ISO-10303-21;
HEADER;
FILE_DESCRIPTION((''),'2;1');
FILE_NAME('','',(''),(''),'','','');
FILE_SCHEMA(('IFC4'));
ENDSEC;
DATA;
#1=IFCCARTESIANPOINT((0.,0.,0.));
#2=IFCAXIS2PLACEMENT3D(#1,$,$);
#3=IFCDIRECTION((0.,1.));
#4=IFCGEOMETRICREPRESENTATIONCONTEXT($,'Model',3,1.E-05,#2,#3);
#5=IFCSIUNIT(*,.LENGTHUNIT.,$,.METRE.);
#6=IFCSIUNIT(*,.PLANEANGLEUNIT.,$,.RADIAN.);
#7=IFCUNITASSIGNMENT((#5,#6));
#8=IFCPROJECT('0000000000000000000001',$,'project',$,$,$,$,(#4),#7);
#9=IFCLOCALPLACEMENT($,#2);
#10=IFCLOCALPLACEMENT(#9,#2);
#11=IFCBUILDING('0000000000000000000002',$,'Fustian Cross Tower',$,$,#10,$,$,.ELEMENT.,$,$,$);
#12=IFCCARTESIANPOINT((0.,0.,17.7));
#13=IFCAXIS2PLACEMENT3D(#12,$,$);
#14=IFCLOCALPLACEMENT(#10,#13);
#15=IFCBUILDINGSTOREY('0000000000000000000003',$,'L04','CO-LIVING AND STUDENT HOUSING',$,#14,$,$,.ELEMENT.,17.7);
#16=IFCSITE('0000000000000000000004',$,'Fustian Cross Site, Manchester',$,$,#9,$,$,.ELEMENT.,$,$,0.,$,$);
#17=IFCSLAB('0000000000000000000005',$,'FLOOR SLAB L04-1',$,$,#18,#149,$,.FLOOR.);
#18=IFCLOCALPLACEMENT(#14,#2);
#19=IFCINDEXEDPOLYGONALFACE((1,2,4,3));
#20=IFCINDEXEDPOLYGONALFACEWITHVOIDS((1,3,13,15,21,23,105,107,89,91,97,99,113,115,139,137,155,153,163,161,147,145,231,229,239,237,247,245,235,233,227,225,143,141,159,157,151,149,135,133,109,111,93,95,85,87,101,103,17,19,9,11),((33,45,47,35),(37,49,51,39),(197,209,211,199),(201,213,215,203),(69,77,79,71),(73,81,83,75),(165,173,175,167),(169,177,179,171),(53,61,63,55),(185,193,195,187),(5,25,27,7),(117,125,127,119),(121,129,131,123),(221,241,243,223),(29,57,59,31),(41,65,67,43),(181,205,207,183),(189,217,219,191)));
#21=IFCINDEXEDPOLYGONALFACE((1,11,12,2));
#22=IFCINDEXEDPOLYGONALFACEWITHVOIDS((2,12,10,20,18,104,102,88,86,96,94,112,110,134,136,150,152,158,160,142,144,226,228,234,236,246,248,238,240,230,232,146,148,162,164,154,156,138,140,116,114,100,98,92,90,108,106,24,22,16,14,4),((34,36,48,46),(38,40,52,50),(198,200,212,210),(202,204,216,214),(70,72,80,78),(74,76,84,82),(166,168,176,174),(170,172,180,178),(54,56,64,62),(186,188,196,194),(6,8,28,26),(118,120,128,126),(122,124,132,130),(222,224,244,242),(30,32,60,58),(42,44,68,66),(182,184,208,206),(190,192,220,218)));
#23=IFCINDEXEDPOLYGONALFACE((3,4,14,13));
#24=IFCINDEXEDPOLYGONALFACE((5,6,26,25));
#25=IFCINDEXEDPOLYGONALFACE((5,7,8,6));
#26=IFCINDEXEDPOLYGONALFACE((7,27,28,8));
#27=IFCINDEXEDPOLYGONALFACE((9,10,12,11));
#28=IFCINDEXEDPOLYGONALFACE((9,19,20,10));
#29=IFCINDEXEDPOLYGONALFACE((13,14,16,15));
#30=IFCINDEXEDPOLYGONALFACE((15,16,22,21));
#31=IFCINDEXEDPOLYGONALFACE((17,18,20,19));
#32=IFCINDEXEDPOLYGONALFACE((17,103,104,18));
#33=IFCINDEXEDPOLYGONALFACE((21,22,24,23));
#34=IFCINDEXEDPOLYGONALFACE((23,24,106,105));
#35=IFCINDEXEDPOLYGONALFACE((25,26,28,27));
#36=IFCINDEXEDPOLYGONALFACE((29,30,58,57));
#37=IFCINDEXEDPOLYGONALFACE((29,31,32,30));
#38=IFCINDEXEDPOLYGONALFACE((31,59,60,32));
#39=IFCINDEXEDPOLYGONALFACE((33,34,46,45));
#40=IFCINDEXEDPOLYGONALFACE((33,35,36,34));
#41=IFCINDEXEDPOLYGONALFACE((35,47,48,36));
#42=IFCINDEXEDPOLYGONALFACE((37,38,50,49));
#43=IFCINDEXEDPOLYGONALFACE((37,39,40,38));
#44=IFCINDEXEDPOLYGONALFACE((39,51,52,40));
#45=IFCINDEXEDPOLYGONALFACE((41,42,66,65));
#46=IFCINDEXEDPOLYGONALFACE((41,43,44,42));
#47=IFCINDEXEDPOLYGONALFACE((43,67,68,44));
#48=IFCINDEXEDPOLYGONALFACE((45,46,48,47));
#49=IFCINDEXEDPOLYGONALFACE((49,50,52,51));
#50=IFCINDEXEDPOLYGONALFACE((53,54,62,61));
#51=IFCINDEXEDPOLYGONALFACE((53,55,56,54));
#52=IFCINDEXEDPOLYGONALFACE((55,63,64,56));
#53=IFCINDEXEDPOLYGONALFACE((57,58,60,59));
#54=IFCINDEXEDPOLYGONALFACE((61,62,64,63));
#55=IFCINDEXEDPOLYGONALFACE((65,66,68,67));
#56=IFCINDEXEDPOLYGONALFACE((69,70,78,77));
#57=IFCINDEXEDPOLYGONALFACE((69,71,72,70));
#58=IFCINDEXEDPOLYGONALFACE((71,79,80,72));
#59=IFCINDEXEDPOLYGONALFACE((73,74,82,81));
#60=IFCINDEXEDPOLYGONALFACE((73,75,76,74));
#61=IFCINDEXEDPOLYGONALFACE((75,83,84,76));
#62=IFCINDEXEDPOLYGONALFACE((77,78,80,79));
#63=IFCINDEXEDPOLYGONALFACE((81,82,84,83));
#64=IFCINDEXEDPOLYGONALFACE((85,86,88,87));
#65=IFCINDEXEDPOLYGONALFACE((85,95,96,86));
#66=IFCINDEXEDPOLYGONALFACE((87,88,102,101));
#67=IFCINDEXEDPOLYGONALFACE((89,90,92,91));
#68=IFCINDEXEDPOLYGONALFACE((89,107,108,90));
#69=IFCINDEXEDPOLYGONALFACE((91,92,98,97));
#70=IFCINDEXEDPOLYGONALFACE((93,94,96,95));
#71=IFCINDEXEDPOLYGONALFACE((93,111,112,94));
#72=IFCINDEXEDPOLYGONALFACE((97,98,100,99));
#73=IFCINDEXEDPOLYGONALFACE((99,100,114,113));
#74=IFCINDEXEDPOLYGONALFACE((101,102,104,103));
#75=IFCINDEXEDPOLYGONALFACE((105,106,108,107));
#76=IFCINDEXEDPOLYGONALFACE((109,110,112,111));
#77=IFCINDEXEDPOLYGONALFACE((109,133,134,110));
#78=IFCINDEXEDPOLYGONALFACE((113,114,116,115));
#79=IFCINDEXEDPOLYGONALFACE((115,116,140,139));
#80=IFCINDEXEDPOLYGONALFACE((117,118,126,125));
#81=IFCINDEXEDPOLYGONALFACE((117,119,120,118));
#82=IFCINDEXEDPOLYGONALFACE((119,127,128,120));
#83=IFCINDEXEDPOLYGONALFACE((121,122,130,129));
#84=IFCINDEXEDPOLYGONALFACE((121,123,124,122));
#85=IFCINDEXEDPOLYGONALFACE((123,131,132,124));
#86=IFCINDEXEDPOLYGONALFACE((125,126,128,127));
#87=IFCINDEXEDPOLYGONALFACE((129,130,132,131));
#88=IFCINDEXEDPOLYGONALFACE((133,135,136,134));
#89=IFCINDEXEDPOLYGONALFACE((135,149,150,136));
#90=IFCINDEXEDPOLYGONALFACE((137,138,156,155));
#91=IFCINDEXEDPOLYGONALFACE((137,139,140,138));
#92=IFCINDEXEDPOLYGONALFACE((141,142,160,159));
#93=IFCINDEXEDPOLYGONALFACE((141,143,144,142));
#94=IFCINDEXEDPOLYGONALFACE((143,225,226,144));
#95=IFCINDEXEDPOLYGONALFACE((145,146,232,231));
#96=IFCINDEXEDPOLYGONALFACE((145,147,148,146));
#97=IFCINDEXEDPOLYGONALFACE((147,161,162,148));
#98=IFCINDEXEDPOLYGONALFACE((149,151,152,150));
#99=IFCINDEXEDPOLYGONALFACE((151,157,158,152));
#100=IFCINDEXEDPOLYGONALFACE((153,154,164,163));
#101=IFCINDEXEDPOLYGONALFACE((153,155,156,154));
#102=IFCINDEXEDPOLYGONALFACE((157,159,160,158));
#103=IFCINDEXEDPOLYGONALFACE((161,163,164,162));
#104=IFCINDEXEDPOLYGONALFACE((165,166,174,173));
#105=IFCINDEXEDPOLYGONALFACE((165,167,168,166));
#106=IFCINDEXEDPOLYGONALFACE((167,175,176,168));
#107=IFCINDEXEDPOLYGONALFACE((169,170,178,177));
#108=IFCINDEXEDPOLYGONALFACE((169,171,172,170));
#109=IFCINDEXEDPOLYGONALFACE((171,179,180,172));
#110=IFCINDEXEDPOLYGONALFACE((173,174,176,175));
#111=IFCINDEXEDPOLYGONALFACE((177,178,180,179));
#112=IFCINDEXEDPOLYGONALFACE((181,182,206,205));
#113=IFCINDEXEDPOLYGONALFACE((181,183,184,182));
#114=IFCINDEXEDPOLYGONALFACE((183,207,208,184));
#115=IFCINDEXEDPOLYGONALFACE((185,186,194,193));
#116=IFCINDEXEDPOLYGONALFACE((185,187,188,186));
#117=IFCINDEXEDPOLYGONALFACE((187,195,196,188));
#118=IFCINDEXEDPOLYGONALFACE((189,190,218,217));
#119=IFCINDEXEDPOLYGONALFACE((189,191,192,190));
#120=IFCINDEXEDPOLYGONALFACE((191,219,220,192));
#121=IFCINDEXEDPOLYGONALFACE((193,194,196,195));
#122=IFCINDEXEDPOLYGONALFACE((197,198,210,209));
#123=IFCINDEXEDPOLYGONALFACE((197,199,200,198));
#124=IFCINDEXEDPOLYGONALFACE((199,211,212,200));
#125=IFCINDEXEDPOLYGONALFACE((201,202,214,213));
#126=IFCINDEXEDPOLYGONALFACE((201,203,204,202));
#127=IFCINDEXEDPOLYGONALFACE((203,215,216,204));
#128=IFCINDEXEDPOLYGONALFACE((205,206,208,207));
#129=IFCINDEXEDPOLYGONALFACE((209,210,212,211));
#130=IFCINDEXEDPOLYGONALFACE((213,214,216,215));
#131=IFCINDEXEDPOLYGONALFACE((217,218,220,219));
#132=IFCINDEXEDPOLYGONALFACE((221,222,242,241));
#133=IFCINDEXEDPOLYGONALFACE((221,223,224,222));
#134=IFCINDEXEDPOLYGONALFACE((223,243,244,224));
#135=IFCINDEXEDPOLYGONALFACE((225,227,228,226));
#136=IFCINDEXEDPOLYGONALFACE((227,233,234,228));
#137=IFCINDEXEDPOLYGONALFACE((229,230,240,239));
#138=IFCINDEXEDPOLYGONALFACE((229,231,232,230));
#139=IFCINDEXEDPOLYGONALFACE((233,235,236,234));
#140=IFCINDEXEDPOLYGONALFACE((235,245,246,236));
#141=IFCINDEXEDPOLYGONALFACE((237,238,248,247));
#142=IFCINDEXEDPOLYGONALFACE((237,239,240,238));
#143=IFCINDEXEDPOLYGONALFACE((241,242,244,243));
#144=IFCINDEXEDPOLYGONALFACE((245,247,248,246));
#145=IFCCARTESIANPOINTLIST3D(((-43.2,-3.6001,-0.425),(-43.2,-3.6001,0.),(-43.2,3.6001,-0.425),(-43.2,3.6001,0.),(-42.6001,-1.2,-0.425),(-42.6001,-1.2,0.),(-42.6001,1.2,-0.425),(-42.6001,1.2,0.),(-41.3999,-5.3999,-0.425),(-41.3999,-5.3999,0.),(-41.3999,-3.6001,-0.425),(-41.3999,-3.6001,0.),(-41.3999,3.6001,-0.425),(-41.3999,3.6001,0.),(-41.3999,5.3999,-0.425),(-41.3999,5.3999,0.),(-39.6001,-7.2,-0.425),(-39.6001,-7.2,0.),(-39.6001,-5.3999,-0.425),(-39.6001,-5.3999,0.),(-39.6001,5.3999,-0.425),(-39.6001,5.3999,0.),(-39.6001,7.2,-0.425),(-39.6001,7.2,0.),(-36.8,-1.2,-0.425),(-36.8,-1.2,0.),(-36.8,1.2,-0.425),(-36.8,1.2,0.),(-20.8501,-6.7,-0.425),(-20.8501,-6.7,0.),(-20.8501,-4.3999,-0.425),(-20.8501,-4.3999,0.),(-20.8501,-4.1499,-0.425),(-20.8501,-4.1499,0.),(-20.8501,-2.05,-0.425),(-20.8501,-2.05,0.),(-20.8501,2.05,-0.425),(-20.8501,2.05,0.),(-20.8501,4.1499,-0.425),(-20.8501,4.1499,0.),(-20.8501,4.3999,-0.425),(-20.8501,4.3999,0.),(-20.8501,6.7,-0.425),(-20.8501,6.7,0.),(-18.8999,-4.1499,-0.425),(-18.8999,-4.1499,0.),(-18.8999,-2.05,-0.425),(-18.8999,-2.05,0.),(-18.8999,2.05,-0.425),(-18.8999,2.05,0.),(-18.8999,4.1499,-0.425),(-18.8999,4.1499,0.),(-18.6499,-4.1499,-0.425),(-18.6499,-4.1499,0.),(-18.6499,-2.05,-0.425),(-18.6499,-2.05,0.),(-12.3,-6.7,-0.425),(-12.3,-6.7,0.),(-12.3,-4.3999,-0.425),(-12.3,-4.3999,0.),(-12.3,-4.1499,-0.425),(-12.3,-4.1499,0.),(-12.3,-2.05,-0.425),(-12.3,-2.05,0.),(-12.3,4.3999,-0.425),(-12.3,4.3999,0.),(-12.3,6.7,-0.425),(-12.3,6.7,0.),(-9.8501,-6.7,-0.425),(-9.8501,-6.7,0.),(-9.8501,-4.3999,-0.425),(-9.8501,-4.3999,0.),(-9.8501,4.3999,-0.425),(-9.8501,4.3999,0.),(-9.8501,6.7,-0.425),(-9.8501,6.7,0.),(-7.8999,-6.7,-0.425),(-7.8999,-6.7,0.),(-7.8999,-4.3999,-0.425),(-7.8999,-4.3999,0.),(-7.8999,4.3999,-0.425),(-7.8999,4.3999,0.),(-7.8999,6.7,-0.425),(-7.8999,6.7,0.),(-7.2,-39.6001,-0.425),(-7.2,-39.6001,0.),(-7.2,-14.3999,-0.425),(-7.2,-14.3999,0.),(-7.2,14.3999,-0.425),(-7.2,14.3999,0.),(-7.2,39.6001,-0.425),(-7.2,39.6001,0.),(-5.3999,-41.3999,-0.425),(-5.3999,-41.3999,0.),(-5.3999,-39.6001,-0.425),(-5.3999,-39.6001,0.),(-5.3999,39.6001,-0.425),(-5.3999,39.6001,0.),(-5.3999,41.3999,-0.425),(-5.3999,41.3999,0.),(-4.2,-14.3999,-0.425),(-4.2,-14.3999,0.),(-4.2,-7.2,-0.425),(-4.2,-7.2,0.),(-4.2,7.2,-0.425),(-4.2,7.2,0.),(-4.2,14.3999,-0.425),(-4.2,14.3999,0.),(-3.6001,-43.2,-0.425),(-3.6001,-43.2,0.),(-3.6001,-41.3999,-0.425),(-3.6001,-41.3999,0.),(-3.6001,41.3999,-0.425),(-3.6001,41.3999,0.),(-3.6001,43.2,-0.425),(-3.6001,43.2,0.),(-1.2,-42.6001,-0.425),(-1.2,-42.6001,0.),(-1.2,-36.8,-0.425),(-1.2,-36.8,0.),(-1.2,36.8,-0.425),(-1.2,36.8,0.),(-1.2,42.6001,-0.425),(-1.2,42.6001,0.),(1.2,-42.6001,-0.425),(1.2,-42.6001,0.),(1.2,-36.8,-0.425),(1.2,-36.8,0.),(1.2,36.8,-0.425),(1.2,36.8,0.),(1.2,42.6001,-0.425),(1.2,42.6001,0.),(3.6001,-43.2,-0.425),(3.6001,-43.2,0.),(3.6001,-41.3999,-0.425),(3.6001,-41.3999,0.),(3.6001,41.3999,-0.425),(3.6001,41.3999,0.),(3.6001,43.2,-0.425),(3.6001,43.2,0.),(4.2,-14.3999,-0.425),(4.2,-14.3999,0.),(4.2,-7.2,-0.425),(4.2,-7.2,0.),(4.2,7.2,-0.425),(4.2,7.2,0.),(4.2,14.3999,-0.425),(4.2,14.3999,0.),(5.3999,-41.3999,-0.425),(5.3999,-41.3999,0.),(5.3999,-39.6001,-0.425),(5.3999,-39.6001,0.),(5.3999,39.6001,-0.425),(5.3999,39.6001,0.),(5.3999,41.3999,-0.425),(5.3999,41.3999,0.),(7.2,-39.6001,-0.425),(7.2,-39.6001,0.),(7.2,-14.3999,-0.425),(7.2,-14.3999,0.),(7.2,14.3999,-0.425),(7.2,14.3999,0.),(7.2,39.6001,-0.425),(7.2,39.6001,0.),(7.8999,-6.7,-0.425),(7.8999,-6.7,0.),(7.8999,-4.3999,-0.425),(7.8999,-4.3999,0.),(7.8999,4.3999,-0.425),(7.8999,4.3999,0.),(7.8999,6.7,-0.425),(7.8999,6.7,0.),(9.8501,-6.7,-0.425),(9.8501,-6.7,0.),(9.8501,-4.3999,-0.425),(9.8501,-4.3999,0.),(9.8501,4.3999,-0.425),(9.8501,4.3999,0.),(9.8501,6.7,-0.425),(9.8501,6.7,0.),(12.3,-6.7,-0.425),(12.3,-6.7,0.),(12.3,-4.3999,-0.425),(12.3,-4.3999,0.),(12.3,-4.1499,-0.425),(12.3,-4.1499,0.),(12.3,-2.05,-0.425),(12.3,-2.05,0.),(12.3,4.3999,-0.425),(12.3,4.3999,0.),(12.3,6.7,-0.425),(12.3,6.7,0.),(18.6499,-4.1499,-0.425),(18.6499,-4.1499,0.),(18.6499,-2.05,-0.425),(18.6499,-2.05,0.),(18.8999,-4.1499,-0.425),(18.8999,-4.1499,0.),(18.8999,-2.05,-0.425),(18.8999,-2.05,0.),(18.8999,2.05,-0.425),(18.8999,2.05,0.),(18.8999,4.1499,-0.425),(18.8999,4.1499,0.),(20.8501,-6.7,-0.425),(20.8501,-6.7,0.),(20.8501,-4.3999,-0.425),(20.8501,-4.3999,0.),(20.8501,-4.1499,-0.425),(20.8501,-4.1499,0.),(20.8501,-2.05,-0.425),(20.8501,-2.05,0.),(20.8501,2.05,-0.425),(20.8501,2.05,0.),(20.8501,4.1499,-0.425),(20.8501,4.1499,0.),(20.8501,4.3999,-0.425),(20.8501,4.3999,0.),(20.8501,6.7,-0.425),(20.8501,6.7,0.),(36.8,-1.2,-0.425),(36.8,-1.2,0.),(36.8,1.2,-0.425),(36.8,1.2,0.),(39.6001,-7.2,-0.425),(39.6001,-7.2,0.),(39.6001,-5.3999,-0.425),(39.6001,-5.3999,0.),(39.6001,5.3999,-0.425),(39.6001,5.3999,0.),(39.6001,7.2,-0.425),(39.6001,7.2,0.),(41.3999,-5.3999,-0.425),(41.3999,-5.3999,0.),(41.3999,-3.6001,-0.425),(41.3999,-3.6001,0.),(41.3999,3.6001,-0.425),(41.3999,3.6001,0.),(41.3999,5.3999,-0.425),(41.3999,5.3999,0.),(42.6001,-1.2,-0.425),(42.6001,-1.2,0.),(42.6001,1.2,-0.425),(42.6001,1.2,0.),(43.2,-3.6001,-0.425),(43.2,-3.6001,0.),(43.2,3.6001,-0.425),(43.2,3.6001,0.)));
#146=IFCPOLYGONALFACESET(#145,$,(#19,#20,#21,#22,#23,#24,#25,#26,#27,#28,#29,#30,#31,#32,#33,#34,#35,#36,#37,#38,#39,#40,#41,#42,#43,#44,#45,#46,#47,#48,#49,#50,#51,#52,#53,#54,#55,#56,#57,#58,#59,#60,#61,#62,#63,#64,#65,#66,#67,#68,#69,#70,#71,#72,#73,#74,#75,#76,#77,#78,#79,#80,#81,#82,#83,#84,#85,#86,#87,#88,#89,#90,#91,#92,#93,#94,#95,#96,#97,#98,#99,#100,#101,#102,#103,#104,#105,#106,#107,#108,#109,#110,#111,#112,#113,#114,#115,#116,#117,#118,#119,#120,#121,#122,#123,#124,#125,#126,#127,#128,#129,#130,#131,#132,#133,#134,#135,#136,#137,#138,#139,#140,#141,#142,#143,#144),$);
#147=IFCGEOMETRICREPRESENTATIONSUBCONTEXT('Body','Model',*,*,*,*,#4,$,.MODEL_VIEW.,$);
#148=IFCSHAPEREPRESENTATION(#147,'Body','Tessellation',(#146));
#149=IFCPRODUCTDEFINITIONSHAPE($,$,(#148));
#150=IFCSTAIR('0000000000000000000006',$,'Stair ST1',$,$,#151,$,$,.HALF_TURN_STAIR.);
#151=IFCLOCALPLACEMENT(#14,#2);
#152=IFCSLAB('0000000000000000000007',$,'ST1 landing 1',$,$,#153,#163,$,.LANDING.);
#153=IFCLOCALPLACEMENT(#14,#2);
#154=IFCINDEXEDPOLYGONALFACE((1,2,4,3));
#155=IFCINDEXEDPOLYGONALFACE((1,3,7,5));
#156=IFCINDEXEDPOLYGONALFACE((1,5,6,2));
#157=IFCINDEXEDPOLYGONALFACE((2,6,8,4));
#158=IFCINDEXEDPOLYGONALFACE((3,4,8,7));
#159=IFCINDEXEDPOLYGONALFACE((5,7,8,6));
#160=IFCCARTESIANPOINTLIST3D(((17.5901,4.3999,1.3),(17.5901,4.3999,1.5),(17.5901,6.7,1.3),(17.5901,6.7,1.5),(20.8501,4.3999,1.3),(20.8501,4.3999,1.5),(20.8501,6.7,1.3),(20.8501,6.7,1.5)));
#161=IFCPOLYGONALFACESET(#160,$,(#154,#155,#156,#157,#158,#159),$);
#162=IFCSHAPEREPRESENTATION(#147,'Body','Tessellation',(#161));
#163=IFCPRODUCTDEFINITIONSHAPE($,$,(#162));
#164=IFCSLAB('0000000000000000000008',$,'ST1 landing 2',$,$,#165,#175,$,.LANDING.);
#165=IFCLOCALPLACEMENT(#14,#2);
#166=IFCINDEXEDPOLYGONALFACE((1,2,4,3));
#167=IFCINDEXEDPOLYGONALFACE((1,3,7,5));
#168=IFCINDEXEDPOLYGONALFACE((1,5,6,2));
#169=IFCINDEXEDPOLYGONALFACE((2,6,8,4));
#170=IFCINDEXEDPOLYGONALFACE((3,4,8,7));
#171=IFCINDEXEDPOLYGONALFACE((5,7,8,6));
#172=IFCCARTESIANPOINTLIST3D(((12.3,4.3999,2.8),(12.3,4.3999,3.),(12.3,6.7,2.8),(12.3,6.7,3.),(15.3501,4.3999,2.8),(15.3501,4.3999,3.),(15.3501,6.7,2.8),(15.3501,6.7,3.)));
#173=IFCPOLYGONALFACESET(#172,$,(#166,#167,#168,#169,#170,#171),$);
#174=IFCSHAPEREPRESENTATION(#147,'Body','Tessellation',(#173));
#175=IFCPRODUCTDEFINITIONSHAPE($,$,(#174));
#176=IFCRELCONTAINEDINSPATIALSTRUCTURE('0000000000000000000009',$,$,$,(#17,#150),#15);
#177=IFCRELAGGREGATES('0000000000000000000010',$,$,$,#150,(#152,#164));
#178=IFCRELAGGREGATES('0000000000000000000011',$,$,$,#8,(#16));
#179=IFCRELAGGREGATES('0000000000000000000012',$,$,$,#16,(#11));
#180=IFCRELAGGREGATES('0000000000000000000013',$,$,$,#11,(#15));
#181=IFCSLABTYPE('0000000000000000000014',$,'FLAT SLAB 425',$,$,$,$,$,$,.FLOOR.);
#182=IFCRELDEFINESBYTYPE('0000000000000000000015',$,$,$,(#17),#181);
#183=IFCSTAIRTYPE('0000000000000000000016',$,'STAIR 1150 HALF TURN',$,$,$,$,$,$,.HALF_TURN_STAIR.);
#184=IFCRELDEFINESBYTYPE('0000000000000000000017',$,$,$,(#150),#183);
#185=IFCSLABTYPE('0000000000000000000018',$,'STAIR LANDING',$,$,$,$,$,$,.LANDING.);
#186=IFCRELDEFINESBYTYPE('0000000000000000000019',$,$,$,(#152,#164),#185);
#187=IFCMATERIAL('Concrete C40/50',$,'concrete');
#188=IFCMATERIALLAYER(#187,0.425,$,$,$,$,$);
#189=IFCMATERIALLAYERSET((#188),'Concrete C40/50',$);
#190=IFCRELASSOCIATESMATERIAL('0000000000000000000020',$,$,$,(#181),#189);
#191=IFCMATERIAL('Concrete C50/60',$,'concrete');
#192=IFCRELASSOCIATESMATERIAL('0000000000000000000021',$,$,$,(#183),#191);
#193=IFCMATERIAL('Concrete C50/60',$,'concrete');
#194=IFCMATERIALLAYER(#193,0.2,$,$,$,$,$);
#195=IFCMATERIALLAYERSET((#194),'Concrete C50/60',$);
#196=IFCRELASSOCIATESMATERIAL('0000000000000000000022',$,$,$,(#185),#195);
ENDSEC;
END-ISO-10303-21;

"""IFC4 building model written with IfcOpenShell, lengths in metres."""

from ifc_helpers import new_model, si_unit, direction, frame, origin, place, context, subcontext, project, spatial, polyline, outline, extrude, material, layer, layer_set, type_object, element, aggregate, save


model = new_model("IFC4")

# Units and contexts
model_context = context("Model", 3, precision=1e-05, world=origin(), true_north=direction((0.0, 1.0)))
body_context = subcontext(model_context, "Body", "Model", "MODEL_VIEW")
ifc_project = project(units=[si_unit("LENGTHUNIT", "METRE"), si_unit("PLANEANGLEUNIT", "RADIAN")], contexts=[model_context])

# Site, building, storey
site_placement = place(None, origin())
site = spatial("IfcSite", under=ifc_project, at=site_placement, Name="Fustian Cross Site, Manchester", CompositionType="ELEMENT", RefElevation=0.0)
building_placement = place(site_placement, origin())
building = spatial("IfcBuilding", under=site, at=building_placement, Name="Fustian Cross Tower", CompositionType="ELEMENT")
storey_placement = place(building_placement, frame((0.0, 0.0, 17.7)))
storey = spatial("IfcBuildingStorey", under=building, at=storey_placement, Name="L04", Description="CO-LIVING AND STUDENT HOUSING", CompositionType="ELEMENT", Elevation=17.7)

# Slab
ifc_material_1 = material(Name="Concrete C40/50", Category="concrete")
ifc_layer_1 = layer(ifc_material_1, 0.425)
ifc_layer_set_1 = layer_set([ifc_layer_1], Name="Concrete C40/50")
slab_type_1 = type_object("IfcSlabType", Name="FLAT SLAB 425", PredefinedType="FLOOR", material=ifc_layer_set_1)
slab_1_placement = place(storey_placement, frame((0.0, 0.0, -0.425)))
element("IfcSlab", 1, at=slab_1_placement, inside=storey, type_object=slab_type_1, Name="FLOOR SLAB L04-1", PredefinedType="FLOOR", context=body_context, shape_type="SweptSolid", body=[
    extrude(outline(polyline([(-4.2, -7.2), (-39.6001, -7.2), (-39.6001, -5.3999), (-41.3999, -5.3999), (-41.3999, -3.6001), (-43.2, -3.6001), (-43.2, 3.6001), (-41.3999, 3.6001), (-41.3999, 5.3999), (-39.6001, 5.3999), (-39.6001, 7.2), (-4.2, 7.2), (-4.2, 14.3999), (-7.2, 14.3999), (-7.2, 39.6001), (-5.3999, 39.6001), (-5.3999, 41.3999), (-3.6001, 41.3999), (-3.6001, 43.2), (3.6001, 43.2), (3.6001, 41.3999), (5.3999, 41.3999), (5.3999, 39.6001), (7.2, 39.6001), (7.2, 14.3999), (4.2, 14.3999), (4.2, 7.2), (39.6001, 7.2), (39.6001, 5.3999), (41.3999, 5.3999), (41.3999, 3.6001), (43.2, 3.6001), (43.2, -3.6001), (41.3999, -3.6001), (41.3999, -5.3999), (39.6001, -5.3999), (39.6001, -7.2), (4.2, -7.2), (4.2, -14.3999), (7.2, -14.3999), (7.2, -39.6001), (5.3999, -39.6001), (5.3999, -41.3999), (3.6001, -41.3999), (3.6001, -43.2), (-3.6001, -43.2), (-3.6001, -41.3999), (-5.3999, -41.3999), (-5.3999, -39.6001), (-7.2, -39.6001), (-7.2, -14.3999), (-4.2, -14.3999), (-4.2, -7.2)]), holes=[polyline([(18.8999, -2.05), (18.8999, -4.1499), (20.8501, -4.1499), (20.8501, -2.05), (18.8999, -2.05)]), polyline([(20.8501, 4.1499), (18.8999, 4.1499), (18.8999, 2.05), (20.8501, 2.05), (20.8501, 4.1499)]), polyline([(9.8501, 4.3999), (9.8501, 6.7), (7.8999, 6.7), (7.8999, 4.3999), (9.8501, 4.3999)]), polyline([(7.8999, -6.7), (9.8501, -6.7), (9.8501, -4.3999), (7.8999, -4.3999), (7.8999, -6.7)]), polyline([(-20.8501, -2.05), (-20.8501, -4.1499), (-18.8999, -4.1499), (-18.8999, -2.05), (-20.8501, -2.05)]), polyline([(-18.8999, 4.1499), (-20.8501, 4.1499), (-20.8501, 2.05), (-18.8999, 2.05), (-18.8999, 4.1499)]), polyline([(-7.8999, 4.3999), (-7.8999, 6.7), (-9.8501, 6.7), (-9.8501, 4.3999), (-7.8999, 4.3999)]), polyline([(-9.8501, -6.7), (-7.8999, -6.7), (-7.8999, -4.3999), (-9.8501, -4.3999), (-9.8501, -6.7)]), polyline([(12.3, -2.05), (12.3, -4.1499), (18.6499, -4.1499), (18.6499, -2.05), (12.3, -2.05)]), polyline([(-12.3, -2.05), (-18.6499, -2.05), (-18.6499, -4.1499), (-12.3, -4.1499), (-12.3, -2.05)]), polyline([(20.8501, 4.3999), (20.8501, 6.7), (12.3, 6.7), (12.3, 4.3999), (20.8501, 4.3999)]), polyline([(12.3, -6.7), (20.8501, -6.7), (20.8501, -4.3999), (12.3, -4.3999), (12.3, -6.7)]), polyline([(-20.8501, 6.7), (-20.8501, 4.3999), (-12.3, 4.3999), (-12.3, 6.7), (-20.8501, 6.7)]), polyline([(-12.3, -4.3999), (-20.8501, -4.3999), (-20.8501, -6.7), (-12.3, -6.7), (-12.3, -4.3999)]), polyline([(1.2, 36.8), (1.2, 42.6001), (-1.2, 42.6001), (-1.2, 36.8), (1.2, 36.8)]), polyline([(-1.2, -42.6001), (1.2, -42.6001), (1.2, -36.8), (-1.2, -36.8), (-1.2, -42.6001)]), polyline([(36.8, 1.2), (36.8, -1.2), (42.6001, -1.2), (42.6001, 1.2), (36.8, 1.2)]), polyline([(-36.8, 1.2), (-42.6001, 1.2), (-42.6001, -1.2), (-36.8, -1.2), (-36.8, 1.2)])]), origin(), (0.0, 0.0, 1.0), 0.425),
])

# Stair, slabs
ifc_material_2 = material(Name="Concrete C50/60", Category="concrete")
stair_type = type_object("IfcStairType", Name="STAIR 1150 HALF TURN", PredefinedType="HALF_TURN_STAIR", material=ifc_material_2)
stair_placement = place(storey_placement, origin())
stair = element("IfcStair", 2, at=stair_placement, inside=storey, type_object=stair_type, Name="Stair ST1", PredefinedType="HALF_TURN_STAIR")
ifc_material_3 = material(Name="Concrete C50/60", Category="concrete")
ifc_layer_2 = layer(ifc_material_3, 0.2)
ifc_layer_set_2 = layer_set([ifc_layer_2], Name="Concrete C50/60")
slab_type_2 = type_object("IfcSlabType", Name="STAIR LANDING", PredefinedType="LANDING", material=ifc_layer_set_2)
slab_2_placement = place(storey_placement, frame((0.0, 0.0, 1.3)))
slab_2 = element("IfcSlab", 3, at=slab_2_placement, type_object=slab_type_2, Name="ST1 landing 1", PredefinedType="LANDING", context=body_context, shape_type="SweptSolid", body=[
    extrude(outline(polyline([(17.5901, 4.3999), (20.8501, 4.3999), (20.8501, 6.7), (17.5901, 6.7), (17.5901, 4.3999)])), origin(), (0.0, 0.0, 1.0), 0.2),
])
slab_3_placement = place(storey_placement, frame((0.0, 0.0, 2.8)))
slab_3 = element("IfcSlab", 4, at=slab_3_placement, type_object=slab_type_2, Name="ST1 landing 2", PredefinedType="LANDING", context=body_context, shape_type="SweptSolid", body=[
    extrude(outline(polyline([(12.3, 4.3999), (15.3501, 4.3999), (15.3501, 6.7), (12.3, 6.7), (12.3, 4.3999)])), origin(), (0.0, 0.0, 1.0), 0.2),
])
aggregate(stair, [slab_2, slab_3])

save(model, "model.ifc")
